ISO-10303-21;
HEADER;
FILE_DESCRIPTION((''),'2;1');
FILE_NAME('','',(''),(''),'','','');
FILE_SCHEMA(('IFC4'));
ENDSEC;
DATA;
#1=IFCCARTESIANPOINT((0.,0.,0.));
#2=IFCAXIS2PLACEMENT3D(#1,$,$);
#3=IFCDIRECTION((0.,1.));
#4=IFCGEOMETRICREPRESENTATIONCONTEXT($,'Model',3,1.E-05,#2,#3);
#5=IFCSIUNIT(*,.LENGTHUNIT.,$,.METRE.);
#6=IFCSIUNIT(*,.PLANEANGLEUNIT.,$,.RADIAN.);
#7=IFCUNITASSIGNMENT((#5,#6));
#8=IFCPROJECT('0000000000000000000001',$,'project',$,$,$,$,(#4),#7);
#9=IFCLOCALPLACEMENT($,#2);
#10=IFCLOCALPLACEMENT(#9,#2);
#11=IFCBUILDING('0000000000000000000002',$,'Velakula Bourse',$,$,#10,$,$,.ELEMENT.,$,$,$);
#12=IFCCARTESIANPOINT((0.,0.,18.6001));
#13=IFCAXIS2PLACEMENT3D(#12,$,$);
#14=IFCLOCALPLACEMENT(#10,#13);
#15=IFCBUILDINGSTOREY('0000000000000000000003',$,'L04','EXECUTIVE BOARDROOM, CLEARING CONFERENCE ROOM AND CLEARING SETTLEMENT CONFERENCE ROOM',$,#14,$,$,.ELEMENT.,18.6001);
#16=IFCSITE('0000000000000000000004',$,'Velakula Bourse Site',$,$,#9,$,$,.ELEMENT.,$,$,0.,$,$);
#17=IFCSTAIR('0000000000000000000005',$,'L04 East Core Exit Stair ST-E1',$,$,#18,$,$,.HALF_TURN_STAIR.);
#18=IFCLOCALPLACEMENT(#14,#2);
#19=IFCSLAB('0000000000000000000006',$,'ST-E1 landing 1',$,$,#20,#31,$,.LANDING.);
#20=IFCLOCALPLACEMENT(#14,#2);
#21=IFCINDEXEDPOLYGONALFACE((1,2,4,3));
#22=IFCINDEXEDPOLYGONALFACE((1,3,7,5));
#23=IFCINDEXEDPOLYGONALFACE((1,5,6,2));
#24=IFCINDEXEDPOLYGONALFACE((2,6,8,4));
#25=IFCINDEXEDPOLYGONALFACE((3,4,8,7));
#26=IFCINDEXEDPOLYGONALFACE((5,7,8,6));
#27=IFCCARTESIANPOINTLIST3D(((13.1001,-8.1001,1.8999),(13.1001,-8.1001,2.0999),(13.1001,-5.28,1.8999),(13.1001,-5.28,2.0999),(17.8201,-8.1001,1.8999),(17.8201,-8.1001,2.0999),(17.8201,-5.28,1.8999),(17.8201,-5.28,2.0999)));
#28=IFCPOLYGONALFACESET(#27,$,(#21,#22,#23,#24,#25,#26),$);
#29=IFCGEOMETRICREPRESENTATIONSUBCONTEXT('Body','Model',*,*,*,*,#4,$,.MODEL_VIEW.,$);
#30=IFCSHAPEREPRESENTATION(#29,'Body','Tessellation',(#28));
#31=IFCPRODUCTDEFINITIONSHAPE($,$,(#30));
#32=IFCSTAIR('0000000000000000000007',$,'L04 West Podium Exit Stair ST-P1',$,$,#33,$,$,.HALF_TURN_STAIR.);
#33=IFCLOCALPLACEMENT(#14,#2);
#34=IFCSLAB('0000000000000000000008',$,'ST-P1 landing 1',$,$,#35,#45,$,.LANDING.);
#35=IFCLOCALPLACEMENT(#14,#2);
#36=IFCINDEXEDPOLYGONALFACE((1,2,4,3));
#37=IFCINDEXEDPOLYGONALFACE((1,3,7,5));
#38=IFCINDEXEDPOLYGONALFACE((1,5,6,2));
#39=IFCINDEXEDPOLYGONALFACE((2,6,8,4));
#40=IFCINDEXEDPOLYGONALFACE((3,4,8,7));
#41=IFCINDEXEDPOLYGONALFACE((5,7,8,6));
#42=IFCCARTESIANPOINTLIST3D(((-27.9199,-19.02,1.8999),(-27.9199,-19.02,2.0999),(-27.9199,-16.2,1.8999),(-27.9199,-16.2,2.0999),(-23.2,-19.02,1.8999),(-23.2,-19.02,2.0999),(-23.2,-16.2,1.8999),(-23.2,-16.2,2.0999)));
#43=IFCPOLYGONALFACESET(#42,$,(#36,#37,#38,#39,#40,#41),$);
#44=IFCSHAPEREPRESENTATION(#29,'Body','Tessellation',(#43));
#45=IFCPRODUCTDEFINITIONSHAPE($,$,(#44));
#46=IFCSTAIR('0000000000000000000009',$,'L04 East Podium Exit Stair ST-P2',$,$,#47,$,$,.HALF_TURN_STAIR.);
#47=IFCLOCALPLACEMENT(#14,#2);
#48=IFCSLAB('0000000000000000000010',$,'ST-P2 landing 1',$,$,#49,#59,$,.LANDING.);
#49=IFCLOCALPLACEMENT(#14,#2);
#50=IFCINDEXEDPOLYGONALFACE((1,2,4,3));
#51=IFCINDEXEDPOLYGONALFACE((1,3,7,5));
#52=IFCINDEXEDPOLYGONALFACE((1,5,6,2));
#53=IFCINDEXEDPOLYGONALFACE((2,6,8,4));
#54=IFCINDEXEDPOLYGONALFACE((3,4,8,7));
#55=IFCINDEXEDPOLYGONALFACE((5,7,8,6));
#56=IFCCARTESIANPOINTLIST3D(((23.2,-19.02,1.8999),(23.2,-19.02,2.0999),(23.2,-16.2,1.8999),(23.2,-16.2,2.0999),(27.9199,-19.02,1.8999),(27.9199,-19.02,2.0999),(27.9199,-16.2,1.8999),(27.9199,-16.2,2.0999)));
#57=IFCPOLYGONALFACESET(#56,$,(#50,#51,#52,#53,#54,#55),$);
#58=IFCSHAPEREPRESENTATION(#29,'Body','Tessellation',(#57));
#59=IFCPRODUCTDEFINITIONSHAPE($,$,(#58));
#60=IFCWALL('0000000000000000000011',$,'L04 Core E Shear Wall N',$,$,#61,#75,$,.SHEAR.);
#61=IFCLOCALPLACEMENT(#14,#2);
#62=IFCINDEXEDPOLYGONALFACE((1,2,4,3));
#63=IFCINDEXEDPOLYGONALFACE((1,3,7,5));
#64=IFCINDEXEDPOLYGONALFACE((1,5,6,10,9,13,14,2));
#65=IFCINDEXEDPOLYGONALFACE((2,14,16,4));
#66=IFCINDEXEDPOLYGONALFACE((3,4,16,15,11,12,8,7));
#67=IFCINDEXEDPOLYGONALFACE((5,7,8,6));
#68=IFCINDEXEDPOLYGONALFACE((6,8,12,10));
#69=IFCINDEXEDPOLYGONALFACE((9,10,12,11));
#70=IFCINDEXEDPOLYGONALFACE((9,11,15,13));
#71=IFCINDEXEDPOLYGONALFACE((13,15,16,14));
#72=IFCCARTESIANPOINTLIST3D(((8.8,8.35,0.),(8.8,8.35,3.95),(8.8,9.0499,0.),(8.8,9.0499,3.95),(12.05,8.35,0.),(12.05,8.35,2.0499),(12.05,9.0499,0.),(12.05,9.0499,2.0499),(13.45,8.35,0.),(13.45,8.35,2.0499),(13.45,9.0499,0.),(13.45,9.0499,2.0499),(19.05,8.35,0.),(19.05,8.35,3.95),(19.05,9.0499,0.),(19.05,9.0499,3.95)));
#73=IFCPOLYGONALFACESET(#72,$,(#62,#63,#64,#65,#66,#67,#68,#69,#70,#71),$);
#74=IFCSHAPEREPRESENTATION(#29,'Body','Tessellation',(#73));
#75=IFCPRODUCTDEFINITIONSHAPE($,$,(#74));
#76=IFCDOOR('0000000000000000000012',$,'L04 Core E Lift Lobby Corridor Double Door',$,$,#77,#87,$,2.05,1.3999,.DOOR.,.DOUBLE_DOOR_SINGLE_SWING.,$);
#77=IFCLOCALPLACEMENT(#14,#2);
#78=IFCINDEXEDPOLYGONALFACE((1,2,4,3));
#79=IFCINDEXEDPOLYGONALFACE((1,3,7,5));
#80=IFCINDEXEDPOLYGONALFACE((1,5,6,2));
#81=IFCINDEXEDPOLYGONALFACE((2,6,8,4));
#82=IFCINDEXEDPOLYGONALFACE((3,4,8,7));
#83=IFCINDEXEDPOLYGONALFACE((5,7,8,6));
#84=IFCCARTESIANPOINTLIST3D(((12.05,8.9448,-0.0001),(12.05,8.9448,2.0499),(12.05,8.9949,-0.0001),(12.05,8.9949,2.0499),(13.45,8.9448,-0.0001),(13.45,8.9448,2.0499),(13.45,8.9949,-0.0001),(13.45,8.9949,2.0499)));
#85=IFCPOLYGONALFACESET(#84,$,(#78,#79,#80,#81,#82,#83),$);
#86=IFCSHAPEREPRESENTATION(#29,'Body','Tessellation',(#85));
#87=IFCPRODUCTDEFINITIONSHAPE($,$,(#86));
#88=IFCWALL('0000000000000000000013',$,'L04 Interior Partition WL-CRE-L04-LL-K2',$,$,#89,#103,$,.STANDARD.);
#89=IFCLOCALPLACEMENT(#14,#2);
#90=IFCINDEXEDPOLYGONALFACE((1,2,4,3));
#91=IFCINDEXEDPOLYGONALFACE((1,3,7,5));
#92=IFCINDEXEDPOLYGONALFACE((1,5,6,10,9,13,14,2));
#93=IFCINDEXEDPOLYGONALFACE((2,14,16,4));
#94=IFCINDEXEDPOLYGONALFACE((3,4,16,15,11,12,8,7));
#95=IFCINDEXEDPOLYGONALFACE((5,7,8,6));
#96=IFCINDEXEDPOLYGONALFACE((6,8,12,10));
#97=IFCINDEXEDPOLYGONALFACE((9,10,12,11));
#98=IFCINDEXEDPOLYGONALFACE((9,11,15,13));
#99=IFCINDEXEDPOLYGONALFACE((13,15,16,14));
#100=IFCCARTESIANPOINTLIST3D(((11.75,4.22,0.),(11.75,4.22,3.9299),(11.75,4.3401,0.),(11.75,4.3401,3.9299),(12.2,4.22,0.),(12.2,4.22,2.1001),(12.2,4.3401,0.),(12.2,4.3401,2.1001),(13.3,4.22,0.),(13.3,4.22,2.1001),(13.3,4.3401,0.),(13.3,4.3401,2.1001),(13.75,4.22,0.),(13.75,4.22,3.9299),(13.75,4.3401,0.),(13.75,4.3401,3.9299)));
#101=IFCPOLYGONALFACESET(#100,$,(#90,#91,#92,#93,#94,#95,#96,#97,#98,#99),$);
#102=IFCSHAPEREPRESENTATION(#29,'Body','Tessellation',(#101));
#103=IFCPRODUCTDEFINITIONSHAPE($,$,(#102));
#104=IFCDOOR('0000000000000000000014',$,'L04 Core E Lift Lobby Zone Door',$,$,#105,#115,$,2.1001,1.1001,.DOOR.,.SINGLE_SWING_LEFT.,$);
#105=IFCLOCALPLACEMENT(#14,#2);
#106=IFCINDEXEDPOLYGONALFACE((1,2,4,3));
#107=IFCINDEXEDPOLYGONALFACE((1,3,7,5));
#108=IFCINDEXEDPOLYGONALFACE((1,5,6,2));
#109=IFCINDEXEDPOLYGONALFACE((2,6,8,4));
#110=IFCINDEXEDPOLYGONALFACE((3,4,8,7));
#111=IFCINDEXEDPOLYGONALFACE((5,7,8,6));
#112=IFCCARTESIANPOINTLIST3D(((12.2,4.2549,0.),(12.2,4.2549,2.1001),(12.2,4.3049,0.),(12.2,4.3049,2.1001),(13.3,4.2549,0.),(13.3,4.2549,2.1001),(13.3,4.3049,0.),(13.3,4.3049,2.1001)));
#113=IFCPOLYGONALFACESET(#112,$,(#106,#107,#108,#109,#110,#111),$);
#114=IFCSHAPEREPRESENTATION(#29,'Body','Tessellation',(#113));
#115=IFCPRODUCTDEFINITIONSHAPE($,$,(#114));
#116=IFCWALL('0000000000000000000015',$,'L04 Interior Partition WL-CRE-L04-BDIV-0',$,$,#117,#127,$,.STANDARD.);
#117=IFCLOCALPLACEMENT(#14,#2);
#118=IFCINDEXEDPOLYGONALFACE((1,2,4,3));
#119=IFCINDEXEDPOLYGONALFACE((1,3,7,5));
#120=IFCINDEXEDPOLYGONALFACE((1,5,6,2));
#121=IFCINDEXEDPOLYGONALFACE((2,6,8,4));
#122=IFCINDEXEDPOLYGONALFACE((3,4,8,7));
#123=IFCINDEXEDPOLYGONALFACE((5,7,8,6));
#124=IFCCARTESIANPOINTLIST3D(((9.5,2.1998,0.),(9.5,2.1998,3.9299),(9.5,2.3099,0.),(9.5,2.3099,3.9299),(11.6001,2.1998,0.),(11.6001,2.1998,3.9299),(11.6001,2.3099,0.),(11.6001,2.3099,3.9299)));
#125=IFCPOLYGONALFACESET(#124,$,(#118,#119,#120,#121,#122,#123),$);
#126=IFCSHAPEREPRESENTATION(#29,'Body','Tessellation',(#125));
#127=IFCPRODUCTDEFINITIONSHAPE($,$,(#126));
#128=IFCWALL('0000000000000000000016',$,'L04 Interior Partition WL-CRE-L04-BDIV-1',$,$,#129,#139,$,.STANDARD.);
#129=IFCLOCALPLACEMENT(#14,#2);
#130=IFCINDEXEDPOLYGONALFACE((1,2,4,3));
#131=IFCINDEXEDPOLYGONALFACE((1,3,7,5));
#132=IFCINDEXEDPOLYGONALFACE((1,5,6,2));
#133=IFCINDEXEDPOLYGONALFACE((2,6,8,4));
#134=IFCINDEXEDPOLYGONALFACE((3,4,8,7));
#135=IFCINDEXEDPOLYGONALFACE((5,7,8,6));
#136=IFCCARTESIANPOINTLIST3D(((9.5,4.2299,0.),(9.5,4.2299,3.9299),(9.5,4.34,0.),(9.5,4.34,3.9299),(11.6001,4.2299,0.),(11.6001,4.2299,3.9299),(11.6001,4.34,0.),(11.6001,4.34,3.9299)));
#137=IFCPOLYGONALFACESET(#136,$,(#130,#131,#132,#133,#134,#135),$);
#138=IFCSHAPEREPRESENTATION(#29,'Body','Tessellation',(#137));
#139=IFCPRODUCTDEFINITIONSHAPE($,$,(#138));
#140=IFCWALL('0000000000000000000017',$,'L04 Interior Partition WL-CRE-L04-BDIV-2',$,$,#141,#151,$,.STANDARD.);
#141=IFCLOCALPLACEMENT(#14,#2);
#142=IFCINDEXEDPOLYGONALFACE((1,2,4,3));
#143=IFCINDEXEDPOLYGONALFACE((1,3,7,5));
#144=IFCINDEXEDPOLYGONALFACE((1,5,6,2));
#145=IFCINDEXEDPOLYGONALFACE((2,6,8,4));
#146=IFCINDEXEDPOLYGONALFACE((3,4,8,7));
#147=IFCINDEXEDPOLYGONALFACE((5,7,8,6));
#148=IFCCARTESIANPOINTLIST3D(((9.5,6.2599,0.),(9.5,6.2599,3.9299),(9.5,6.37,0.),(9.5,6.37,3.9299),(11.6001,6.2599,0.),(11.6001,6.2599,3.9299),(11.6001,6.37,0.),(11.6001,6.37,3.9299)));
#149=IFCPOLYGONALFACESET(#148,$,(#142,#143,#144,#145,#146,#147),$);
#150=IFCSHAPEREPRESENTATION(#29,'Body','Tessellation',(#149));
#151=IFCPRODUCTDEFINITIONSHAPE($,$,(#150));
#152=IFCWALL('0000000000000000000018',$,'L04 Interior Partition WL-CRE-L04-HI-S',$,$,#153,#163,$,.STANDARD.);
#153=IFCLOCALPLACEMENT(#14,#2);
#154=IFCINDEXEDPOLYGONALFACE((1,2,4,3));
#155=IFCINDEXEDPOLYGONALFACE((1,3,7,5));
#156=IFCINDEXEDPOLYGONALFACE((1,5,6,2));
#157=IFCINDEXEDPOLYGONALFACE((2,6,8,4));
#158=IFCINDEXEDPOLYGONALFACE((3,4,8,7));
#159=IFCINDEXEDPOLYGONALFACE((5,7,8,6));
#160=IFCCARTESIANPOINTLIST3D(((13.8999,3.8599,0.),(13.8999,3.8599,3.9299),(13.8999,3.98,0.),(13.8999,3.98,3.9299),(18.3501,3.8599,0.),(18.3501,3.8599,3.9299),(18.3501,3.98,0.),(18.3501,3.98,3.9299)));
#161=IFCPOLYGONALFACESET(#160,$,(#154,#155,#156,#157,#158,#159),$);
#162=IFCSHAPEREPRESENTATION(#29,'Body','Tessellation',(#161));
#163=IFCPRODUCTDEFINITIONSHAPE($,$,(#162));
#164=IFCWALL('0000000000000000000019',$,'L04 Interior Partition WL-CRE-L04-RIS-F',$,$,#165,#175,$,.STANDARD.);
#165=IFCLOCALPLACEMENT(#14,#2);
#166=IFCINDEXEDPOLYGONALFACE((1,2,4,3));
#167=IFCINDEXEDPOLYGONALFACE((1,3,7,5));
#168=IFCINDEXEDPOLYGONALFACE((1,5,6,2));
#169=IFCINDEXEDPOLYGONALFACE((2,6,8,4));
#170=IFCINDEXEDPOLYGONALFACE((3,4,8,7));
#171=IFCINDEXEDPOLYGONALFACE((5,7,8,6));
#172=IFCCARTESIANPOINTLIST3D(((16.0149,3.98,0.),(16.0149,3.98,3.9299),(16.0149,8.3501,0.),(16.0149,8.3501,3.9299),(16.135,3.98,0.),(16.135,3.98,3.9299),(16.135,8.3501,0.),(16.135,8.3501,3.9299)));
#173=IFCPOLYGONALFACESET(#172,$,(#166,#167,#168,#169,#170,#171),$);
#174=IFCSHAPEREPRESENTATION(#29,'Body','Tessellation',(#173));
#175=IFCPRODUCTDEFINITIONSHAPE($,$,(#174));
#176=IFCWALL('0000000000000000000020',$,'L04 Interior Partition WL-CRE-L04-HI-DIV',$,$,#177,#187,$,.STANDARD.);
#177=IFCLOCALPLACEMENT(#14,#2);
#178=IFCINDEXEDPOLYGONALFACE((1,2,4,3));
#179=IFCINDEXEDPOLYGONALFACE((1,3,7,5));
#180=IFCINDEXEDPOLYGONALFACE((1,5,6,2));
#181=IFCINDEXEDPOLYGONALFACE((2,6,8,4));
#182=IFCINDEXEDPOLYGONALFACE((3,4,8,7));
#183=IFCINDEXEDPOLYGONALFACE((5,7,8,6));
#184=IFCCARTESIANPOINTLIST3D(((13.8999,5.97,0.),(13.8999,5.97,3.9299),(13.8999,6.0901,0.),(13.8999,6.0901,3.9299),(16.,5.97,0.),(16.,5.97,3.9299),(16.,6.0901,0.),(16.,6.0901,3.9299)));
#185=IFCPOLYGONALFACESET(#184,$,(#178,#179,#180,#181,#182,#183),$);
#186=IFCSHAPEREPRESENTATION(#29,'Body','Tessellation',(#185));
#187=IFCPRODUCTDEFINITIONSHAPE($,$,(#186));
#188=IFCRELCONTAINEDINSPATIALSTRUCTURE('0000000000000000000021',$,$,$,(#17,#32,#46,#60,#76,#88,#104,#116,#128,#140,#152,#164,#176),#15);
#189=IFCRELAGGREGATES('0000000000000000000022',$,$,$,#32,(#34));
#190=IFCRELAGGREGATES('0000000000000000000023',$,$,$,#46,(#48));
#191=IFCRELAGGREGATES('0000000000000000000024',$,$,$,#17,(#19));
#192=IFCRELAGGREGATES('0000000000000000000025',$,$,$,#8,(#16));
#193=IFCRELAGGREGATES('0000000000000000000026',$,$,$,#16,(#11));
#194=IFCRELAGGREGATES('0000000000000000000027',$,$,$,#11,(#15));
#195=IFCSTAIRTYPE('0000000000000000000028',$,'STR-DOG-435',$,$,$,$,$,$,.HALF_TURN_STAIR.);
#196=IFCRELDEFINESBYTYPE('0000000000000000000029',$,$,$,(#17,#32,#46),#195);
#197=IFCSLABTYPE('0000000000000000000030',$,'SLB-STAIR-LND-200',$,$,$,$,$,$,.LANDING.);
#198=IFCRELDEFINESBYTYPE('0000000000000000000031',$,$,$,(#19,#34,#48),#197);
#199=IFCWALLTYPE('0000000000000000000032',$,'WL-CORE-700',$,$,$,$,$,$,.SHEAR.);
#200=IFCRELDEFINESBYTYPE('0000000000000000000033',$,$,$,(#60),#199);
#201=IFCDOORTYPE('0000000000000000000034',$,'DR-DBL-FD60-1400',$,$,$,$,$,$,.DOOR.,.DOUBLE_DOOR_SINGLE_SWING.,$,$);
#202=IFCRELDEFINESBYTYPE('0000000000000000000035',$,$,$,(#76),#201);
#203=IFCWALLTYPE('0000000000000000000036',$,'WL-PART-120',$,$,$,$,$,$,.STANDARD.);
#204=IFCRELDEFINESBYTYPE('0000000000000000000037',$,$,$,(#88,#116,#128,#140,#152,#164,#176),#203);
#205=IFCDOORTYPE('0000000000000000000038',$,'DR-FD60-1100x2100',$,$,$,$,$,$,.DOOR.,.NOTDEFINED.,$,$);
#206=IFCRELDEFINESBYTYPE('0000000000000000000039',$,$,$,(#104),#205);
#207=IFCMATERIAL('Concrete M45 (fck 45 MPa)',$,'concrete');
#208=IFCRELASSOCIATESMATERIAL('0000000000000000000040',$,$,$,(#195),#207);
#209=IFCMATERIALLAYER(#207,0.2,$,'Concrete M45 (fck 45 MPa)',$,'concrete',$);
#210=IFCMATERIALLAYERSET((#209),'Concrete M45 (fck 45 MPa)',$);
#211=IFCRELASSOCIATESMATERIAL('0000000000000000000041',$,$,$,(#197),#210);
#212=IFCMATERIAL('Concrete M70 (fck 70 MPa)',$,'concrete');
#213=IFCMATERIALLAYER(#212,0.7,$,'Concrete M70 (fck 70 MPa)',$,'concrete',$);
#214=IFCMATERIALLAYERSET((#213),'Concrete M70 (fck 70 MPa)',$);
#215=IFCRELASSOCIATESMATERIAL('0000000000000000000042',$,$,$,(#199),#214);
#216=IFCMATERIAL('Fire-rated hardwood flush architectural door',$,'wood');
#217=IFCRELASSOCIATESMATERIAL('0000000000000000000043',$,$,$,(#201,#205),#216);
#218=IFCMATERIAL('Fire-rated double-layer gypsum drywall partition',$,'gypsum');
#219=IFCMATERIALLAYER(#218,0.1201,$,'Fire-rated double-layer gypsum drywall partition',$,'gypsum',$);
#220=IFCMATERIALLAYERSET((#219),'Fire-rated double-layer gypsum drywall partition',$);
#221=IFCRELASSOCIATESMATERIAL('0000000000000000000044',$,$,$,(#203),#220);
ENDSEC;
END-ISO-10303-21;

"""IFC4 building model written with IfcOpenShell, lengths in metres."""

from ifc_helpers import new_model, si_unit, direction, frame, frame_2d, origin, place, context, subcontext, project, spatial, polyline, rectangle, outline, extrude, material, layer, layer_set, type_object, element, fill, aggregate, save


model = new_model("IFC4")

# Units and contexts
model_context = context("Model", 3, precision=1e-05, world=origin(), true_north=direction((0.0, 1.0)))
body_context = subcontext(model_context, "Body", "Model", "MODEL_VIEW")
ifc_project = project(units=[si_unit("LENGTHUNIT", "METRE"), si_unit("PLANEANGLEUNIT", "RADIAN")], contexts=[model_context])

# Site, building, storey
site_placement = place(None, origin())
site = spatial("IfcSite", under=ifc_project, at=site_placement, Name="Velakula Bourse Site", CompositionType="ELEMENT", RefElevation=0.0)
building_placement = place(site_placement, origin())
building = spatial("IfcBuilding", under=site, at=building_placement, Name="Velakula Bourse", CompositionType="ELEMENT")
storey_placement = place(building_placement, frame((0.0, 0.0, 18.6001)))
storey = spatial("IfcBuildingStorey", under=building, at=storey_placement, Name="L04", Description="EXECUTIVE BOARDROOM, CLEARING CONFERENCE ROOM AND CLEARING SETTLEMENT CONFERENCE ROOM", CompositionType="ELEMENT", Elevation=18.6001)

# Shared definitions
ifc_material_1 = material(Name="Concrete M70 (fck 70 MPa)", Category="concrete")

# Stairs, slabs
ifc_material_2 = material(Name="Concrete M45 (fck 45 MPa)", Category="concrete")
stair_type = type_object("IfcStairType", Name="STR-DOG-435", PredefinedType="HALF_TURN_STAIR", material=ifc_material_2)
ifc_layer_1 = layer(ifc_material_2, 0.2, Name="Concrete M45 (fck 45 MPa)", Category="concrete")
ifc_layer_set_1 = layer_set([ifc_layer_1], Name="Concrete M45 (fck 45 MPa)")
slab_type_1 = type_object("IfcSlabType", Name="SLB-STAIR-LND-200", PredefinedType="LANDING", material=ifc_layer_set_1)
stair_1_placement = place(storey_placement, origin())
stair_1 = element("IfcStair", 1, at=stair_1_placement, inside=storey, type_object=stair_type, Name="L04 East Core Exit Stair ST-E1", PredefinedType="HALF_TURN_STAIR")
slab_1_placement = place(storey_placement, frame((0.0, 0.0, 1.8999)))
slab_1 = element("IfcSlab", 2, at=slab_1_placement, type_object=slab_type_1, Name="ST-E1 landing 1", PredefinedType="LANDING", context=body_context, shape_type="SweptSolid", body=[
    extrude(outline(polyline([(13.1001, -5.28), (13.1001, -8.1001), (17.8201, -8.1001), (17.8201, -5.28), (13.1001, -5.28)])), origin(), (0.0, 0.0, 1.0), 0.2),
])
stair_2_placement = place(storey_placement, origin())
stair_2 = element("IfcStair", 3, at=stair_2_placement, inside=storey, type_object=stair_type, Name="L04 West Podium Exit Stair ST-P1", PredefinedType="HALF_TURN_STAIR")
slab_2_placement = place(storey_placement, frame((0.0, 0.0, 1.8999)))
slab_2 = element("IfcSlab", 4, at=slab_2_placement, type_object=slab_type_1, Name="ST-P1 landing 1", PredefinedType="LANDING", context=body_context, shape_type="SweptSolid", body=[
    extrude(outline(polyline([(-23.2, -19.02), (-23.2, -16.2), (-27.9199, -16.2), (-27.9199, -19.02), (-23.2, -19.02)])), origin(), (0.0, 0.0, 1.0), 0.2),
])
aggregate(stair_2, [slab_2])
stair_3_placement = place(storey_placement, origin())
stair_3 = element("IfcStair", 5, at=stair_3_placement, inside=storey, type_object=stair_type, Name="L04 East Podium Exit Stair ST-P2", PredefinedType="HALF_TURN_STAIR")
slab_3_placement = place(storey_placement, frame((0.0, 0.0, 1.8999)))
slab_3 = element("IfcSlab", 6, at=slab_3_placement, type_object=slab_type_1, Name="ST-P2 landing 1", PredefinedType="LANDING", context=body_context, shape_type="SweptSolid", body=[
    extrude(outline(polyline([(27.9199, -19.02), (27.9199, -16.2), (23.2, -16.2), (23.2, -19.02), (27.9199, -19.02)])), origin(), (0.0, 0.0, 1.0), 0.2),
])
aggregate(stair_3, [slab_3])

# Walls, openings, doors
ifc_layer_2 = layer(ifc_material_1, 0.7, Name="Concrete M70 (fck 70 MPa)", Category="concrete")
ifc_layer_set_2 = layer_set([ifc_layer_2], Name="Concrete M70 (fck 70 MPa)")
wall_type_1 = type_object("IfcWallType", Name="WL-CORE-700", PredefinedType="SHEAR", material=ifc_layer_set_2)
wall_1_placement = place(storey_placement, frame((8.8, 8.7, 0.0), z_axis=(0.0, 0.0, 1.0), x_axis=(1.0, 0.0, 0.0)))
wall_1 = element("IfcWall", 7, at=wall_1_placement, inside=storey, type_object=wall_type_1, Name="L04 Core E Shear Wall N", PredefinedType="SHEAR", context=body_context, shape_type="SweptSolid", body=[
    extrude(rectangle(XDim=10.25, YDim=0.7, at=frame_2d((5.125, 0.0))), origin(), (0.0, 0.0, 1.0), 3.95),
])
opening_1_placement = place(wall_1_placement, frame((3.25, 0.0, 0.0)))
opening_1 = element("IfcOpeningElement", 8, at=opening_1_placement, cuts=wall_1, PredefinedType="OPENING", context=body_context, shape_type="SweptSolid", body=[
    extrude(rectangle(XDim=1.3999, YDim=2.05, at=frame_2d((0.7, 1.0249))), frame((0.0, 0.3599, 0.0), z_axis=(0.0, -1.0, 0.0), x_axis=(1.0, 0.0, 0.0)), (0.0, 0.0, 1.0), 0.72),
])
ifc_material_3 = material(Name="Fire-rated hardwood flush architectural door", Category="wood")
door_type_1 = type_object("IfcDoorType", Name="DR-DBL-FD60-1400", OperationType="DOUBLE_DOOR_SINGLE_SWING", PredefinedType="DOOR", material=ifc_material_3)
door_1_placement = place(opening_1_placement, origin())
door_1 = element("IfcDoor", 9, at=door_1_placement, inside=storey, type_object=door_type_1, Name="L04 Core E Lift Lobby Corridor Double Door", OperationType="DOUBLE_DOOR_SINGLE_SWING", OverallHeight=2.05, OverallWidth=1.3999, PredefinedType="DOOR", context=body_context, shape_type="SweptSolid", body=[
    extrude(rectangle(XDim=1.3999, YDim=2.05, at=frame_2d((0.7, 1.0249))), frame((0.0, 0.2949, 0.0), z_axis=(0.0, -1.0, 0.0), x_axis=(1.0, 0.0, 0.0)), (0.0, 0.0, 1.0), 0.05),
])
fill(opening_1, door_1)
ifc_material_4 = material(Name="Fire-rated double-layer gypsum drywall partition", Category="gypsum")
ifc_layer_3 = layer(ifc_material_4, 0.1201, Name="Fire-rated double-layer gypsum drywall partition", Category="gypsum")
ifc_layer_set_3 = layer_set([ifc_layer_3], Name="Fire-rated double-layer gypsum drywall partition")
wall_type_2 = type_object("IfcWallType", Name="WL-PART-120", PredefinedType="STANDARD", material=ifc_layer_set_3)
wall_2_placement = place(storey_placement, frame((11.75, 4.28, 0.0), z_axis=(0.0, 0.0, 1.0), x_axis=(1.0, 0.0, 0.0)))
wall_2 = element("IfcWall", 10, at=wall_2_placement, inside=storey, type_object=wall_type_2, Name="L04 Interior Partition WL-CRE-L04-LL-K2", PredefinedType="STANDARD", context=body_context, shape_type="SweptSolid", body=[
    extrude(rectangle(XDim=2.0, YDim=0.1201, at=frame_2d((1.0, 0.0))), origin(), (0.0, 0.0, 1.0), 3.9299),
])
opening_2_placement = place(wall_2_placement, frame((0.45, 0.0, 0.0)))
opening_2 = element("IfcOpeningElement", 11, at=opening_2_placement, cuts=wall_2, PredefinedType="OPENING", context=body_context, shape_type="SweptSolid", body=[
    extrude(rectangle(XDim=1.1001, YDim=2.1001, at=frame_2d((0.55, 1.05))), frame((0.0, 0.0701, 0.0), z_axis=(0.0, -1.0, 0.0), x_axis=(1.0, 0.0, 0.0)), (0.0, 0.0, 1.0), 0.1401),
])
door_type_2 = type_object("IfcDoorType", Name="DR-FD60-1100x2100", OperationType="NOTDEFINED", PredefinedType="DOOR", material=ifc_material_3)
door_2_placement = place(opening_2_placement, origin())
door_2 = element("IfcDoor", 12, at=door_2_placement, inside=storey, type_object=door_type_2, Name="L04 Core E Lift Lobby Zone Door", OperationType="SINGLE_SWING_LEFT", OverallHeight=2.1001, OverallWidth=1.1001, PredefinedType="DOOR", context=body_context, shape_type="SweptSolid", body=[
    extrude(rectangle(XDim=1.1001, YDim=2.1001, at=frame_2d((0.55, 1.05))), frame((0.0, 0.0249, 0.0), z_axis=(0.0, -1.0, 0.0), x_axis=(1.0, 0.0, 0.0)), (0.0, 0.0, 1.0), 0.05),
])
fill(opening_2, door_2)

# Walls
for number, where, z_axis, x_axis, name in (
    (13, (9.5, 2.2549, 0.0), (0.0, 0.0, 1.0), (1.0, 0.0, 0.0), "L04 Interior Partition WL-CRE-L04-BDIV-0"),
    (14, (9.5, 4.2849, 0.0), (0.0, 0.0, 1.0), (1.0, 0.0, 0.0), "L04 Interior Partition WL-CRE-L04-BDIV-1"),
    (15, (9.5, 6.3149, 0.0), (0.0, 0.0, 1.0), (1.0, 0.0, 0.0), "L04 Interior Partition WL-CRE-L04-BDIV-2"),
):
    element("IfcWall", number, at=place(storey_placement, frame(where, z_axis=z_axis, x_axis=x_axis)), inside=storey, type_object=wall_type_2, Name=name, PredefinedType="STANDARD", context=body_context, shape_type="SweptSolid", body=[
        extrude(rectangle(XDim=2.1001, YDim=0.1101, at=frame_2d((1.05, 0.0))), origin(), (0.0, 0.0, 1.0), 3.9299),
    ])
wall_3_placement = place(storey_placement, frame((13.8999, 3.9199, 0.0), z_axis=(0.0, 0.0, 1.0), x_axis=(1.0, 0.0, 0.0)))
element("IfcWall", 16, at=wall_3_placement, inside=storey, type_object=wall_type_2, Name="L04 Interior Partition WL-CRE-L04-HI-S", PredefinedType="STANDARD", context=body_context, shape_type="SweptSolid", body=[
    extrude(rectangle(XDim=4.4502, YDim=0.1201, at=frame_2d((2.2251, 0.0))), origin(), (0.0, 0.0, 1.0), 3.9299),
])
wall_4_placement = place(storey_placement, frame((16.075, 3.98, 0.0), z_axis=(0.0, 0.0, 1.0), x_axis=(0.0, 1.0, 0.0)))
element("IfcWall", 17, at=wall_4_placement, inside=storey, type_object=wall_type_2, Name="L04 Interior Partition WL-CRE-L04-RIS-F", PredefinedType="STANDARD", context=body_context, shape_type="SweptSolid", body=[
    extrude(rectangle(XDim=4.3701, YDim=0.1201, at=frame_2d((2.1851, 0.0))), origin(), (0.0, 0.0, 1.0), 3.9299),
])
wall_5_placement = place(storey_placement, frame((13.8999, 6.03, 0.0), z_axis=(0.0, 0.0, 1.0), x_axis=(1.0, 0.0, 0.0)))
element("IfcWall", 18, at=wall_5_placement, inside=storey, type_object=wall_type_2, Name="L04 Interior Partition WL-CRE-L04-HI-DIV", PredefinedType="STANDARD", context=body_context, shape_type="SweptSolid", body=[
    extrude(rectangle(XDim=2.1001, YDim=0.1201, at=frame_2d((1.05, 0.0))), origin(), (0.0, 0.0, 1.0), 3.9299),
])

aggregate(stair_1, [slab_1])

save(model, "model.ifc")
